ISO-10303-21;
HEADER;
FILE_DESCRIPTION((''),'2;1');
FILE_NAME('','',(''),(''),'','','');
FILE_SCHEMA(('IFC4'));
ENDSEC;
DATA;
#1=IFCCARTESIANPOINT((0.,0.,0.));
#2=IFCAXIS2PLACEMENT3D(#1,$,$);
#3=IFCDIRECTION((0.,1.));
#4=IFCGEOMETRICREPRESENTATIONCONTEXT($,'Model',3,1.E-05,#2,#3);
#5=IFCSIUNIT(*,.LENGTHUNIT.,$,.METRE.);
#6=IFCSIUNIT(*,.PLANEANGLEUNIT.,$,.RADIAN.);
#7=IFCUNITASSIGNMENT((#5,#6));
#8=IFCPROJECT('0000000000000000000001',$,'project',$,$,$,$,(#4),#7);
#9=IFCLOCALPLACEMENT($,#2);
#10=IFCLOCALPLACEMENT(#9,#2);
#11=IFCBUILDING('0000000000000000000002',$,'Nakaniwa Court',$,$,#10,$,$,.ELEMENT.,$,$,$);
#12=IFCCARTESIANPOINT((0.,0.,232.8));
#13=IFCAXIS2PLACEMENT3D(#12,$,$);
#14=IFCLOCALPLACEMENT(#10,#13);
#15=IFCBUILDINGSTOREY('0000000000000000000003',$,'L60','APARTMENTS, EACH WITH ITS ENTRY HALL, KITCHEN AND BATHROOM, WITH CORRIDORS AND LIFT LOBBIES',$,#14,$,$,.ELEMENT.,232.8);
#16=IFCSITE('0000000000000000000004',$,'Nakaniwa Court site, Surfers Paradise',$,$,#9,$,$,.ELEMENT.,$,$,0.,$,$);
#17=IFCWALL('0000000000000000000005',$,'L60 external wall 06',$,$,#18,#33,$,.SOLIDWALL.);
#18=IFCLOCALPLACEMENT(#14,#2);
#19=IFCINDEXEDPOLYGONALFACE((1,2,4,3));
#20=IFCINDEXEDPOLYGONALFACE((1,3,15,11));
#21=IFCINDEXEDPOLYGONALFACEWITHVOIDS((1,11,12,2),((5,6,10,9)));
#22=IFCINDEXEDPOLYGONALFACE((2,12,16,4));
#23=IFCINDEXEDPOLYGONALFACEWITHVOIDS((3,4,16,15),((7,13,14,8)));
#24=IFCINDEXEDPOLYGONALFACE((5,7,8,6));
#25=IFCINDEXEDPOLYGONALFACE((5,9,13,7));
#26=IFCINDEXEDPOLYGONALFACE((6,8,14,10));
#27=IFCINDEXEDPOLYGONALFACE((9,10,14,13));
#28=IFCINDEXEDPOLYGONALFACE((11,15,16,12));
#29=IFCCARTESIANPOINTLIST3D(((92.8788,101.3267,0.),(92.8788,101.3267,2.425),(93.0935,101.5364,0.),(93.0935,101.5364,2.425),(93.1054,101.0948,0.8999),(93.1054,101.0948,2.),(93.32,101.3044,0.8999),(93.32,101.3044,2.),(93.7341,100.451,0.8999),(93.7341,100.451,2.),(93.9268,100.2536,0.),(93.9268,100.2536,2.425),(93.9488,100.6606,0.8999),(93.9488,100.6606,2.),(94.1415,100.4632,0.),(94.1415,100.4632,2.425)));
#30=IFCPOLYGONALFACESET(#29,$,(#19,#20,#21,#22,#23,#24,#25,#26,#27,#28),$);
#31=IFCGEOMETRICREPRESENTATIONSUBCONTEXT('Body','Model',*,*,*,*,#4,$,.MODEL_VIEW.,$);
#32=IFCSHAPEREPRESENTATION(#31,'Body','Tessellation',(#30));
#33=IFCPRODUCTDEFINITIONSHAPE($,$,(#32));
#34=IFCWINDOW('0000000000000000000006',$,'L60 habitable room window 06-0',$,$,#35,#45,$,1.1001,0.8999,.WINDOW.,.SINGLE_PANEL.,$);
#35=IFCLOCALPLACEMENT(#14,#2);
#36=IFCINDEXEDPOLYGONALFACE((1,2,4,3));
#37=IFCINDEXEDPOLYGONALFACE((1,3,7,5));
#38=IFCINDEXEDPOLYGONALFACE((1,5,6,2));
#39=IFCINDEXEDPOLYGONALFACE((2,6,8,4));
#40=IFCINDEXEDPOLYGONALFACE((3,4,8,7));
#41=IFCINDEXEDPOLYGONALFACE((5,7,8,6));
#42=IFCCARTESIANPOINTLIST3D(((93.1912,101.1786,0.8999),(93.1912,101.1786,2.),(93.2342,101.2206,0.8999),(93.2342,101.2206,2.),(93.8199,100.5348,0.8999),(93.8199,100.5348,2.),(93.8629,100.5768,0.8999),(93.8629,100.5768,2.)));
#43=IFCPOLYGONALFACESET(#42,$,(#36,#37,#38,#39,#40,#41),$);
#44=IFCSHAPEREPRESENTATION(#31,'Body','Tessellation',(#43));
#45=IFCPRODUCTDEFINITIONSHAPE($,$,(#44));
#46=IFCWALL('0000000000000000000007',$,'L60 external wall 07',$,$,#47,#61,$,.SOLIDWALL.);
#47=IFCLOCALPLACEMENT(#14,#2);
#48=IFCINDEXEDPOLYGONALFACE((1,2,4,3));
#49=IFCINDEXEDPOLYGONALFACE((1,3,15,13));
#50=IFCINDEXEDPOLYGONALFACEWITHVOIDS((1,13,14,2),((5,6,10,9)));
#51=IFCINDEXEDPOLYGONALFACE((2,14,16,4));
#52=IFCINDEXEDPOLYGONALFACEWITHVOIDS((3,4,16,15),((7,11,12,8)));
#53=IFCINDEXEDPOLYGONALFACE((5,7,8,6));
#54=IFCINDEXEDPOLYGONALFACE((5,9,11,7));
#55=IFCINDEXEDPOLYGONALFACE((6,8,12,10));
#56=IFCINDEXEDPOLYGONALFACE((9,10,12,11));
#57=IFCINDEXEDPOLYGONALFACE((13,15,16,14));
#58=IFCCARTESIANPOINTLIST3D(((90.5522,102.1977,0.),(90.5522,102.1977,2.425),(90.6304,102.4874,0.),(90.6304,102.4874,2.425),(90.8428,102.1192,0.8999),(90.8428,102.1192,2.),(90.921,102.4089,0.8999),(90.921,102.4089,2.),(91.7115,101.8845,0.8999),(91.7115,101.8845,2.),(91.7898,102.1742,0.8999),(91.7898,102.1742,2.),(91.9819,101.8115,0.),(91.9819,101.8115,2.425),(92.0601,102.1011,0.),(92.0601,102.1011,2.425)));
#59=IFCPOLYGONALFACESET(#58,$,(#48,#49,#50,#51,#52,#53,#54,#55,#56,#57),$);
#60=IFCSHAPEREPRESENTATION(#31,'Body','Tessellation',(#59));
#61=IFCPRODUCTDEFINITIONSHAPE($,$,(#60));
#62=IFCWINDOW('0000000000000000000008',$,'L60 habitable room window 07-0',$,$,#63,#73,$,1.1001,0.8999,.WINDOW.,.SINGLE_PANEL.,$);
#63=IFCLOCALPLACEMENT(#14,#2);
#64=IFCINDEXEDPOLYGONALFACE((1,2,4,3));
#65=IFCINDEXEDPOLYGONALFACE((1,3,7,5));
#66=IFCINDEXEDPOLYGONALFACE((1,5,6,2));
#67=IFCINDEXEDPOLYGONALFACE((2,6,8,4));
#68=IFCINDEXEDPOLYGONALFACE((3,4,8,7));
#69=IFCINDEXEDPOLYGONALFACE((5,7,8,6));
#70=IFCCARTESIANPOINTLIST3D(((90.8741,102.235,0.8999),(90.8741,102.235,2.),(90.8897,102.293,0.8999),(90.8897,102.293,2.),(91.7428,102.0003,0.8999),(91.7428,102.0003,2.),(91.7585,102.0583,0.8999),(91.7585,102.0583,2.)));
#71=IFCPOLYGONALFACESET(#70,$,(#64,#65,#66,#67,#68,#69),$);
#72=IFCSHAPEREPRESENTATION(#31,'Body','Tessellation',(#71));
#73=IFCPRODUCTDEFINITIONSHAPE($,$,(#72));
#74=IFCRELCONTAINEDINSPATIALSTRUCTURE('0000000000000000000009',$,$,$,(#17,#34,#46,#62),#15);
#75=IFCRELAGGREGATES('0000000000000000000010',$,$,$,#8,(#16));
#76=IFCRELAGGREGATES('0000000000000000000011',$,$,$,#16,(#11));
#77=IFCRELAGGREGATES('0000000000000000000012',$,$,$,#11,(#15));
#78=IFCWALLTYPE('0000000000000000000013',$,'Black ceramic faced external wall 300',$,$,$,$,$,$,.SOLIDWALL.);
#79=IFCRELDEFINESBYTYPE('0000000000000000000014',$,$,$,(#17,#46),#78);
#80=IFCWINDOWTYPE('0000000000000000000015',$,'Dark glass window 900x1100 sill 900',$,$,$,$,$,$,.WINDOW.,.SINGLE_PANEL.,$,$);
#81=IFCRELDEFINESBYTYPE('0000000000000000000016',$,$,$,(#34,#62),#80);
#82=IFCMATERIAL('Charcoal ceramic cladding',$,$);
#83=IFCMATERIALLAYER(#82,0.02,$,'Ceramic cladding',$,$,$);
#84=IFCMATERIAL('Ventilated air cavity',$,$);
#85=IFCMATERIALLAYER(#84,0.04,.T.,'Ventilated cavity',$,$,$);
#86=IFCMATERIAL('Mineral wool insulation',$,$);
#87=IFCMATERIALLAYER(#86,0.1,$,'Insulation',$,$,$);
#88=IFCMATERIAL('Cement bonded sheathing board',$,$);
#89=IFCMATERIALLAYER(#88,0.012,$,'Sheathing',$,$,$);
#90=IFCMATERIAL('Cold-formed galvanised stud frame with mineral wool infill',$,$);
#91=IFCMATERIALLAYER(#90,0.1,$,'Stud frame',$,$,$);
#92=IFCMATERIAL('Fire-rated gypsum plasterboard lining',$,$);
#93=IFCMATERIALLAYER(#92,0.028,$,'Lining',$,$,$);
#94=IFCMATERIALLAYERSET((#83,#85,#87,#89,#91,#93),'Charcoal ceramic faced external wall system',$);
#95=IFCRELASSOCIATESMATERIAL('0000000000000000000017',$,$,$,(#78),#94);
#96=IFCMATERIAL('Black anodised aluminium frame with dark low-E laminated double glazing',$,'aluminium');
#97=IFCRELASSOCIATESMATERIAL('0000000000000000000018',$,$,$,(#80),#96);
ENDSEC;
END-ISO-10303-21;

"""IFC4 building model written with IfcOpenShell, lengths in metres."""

from ifc_helpers import new_model, si_unit, direction, frame, frame_2d, origin, place, context, subcontext, project, spatial, rectangle, extrude, material, layer, layer_set, type_object, element, fill, save


model = new_model("IFC4")

# Units and contexts
model_context = context("Model", 3, precision=1e-05, world=origin(), true_north=direction((0.0, 1.0)))
body_context = subcontext(model_context, "Body", "Model", "MODEL_VIEW")
ifc_project = project(units=[si_unit("LENGTHUNIT", "METRE"), si_unit("PLANEANGLEUNIT", "RADIAN")], contexts=[model_context])

# Site, building, storey
site_placement = place(None, origin())
site = spatial("IfcSite", under=ifc_project, at=site_placement, Name="Nakaniwa Court site, Surfers Paradise", CompositionType="ELEMENT", RefElevation=0.0)
building_placement = place(site_placement, origin())
building = spatial("IfcBuilding", under=site, at=building_placement, Name="Nakaniwa Court", CompositionType="ELEMENT")
storey_placement = place(building_placement, frame((0.0, 0.0, 232.8)))
storey = spatial("IfcBuildingStorey", under=building, at=storey_placement, Name="L60", Description="APARTMENTS, EACH WITH ITS ENTRY HALL, KITCHEN AND BATHROOM, WITH CORRIDORS AND LIFT LOBBIES", CompositionType="ELEMENT", Elevation=232.8)

# Walls, openings, windows
ifc_material_1 = material(Name="Charcoal ceramic cladding")
ifc_layer_1 = layer(ifc_material_1, 0.02, Name="Ceramic cladding")
ifc_material_2 = material(Name="Ventilated air cavity")
ifc_layer_2 = layer(ifc_material_2, 0.04, ventilated=True, Name="Ventilated cavity")
ifc_material_3 = material(Name="Mineral wool insulation")
ifc_layer_3 = layer(ifc_material_3, 0.1, Name="Insulation")
ifc_material_4 = material(Name="Cement bonded sheathing board")
ifc_layer_4 = layer(ifc_material_4, 0.012, Name="Sheathing")
ifc_material_5 = material(Name="Cold-formed galvanised stud frame with mineral wool infill")
ifc_layer_5 = layer(ifc_material_5, 0.1, Name="Stud frame")
ifc_material_6 = material(Name="Fire-rated gypsum plasterboard lining")
ifc_layer_6 = layer(ifc_material_6, 0.028, Name="Lining")
ifc_layer_set_1 = layer_set([ifc_layer_1, ifc_layer_2, ifc_layer_3, ifc_layer_4, ifc_layer_5, ifc_layer_6], Name="Charcoal ceramic faced external wall system")
wall_type_1 = type_object("IfcWallType", Name="Black ceramic faced external wall 300", PredefinedType="SOLIDWALL", material=ifc_layer_set_1)
wall_1_placement = place(storey_placement, frame((94.0342, 100.3584, 0.0), z_axis=(0.0, 0.0, 1.0), x_axis=(-0.698676, 0.715439, 0.0)))
wall_1 = element("IfcWall", 1, at=wall_1_placement, inside=storey, type_object=wall_type_1, Name="L60 external wall 06", PredefinedType="SOLIDWALL", context=body_context, shape_type="SweptSolid", body=[
    extrude(rectangle(XDim=1.5, YDim=0.3, at=frame_2d((0.75, 0.0))), origin(), (0.0, 0.0, 1.0), 2.425),
])
opening_1_placement = place(wall_1_placement, frame((0.2759, 0.0, 0.8999)))
opening_1 = element("IfcOpeningElement", 2, at=opening_1_placement, cuts=wall_1, PredefinedType="OPENING", context=body_context, shape_type="SweptSolid", body=[
    extrude(rectangle(XDim=0.8999, YDim=1.1001, at=frame_2d((0.45, 0.55))), frame((0.0, 0.1599, 0.0), z_axis=(0.0, -1.0, 0.0), x_axis=(1.0, 0.0, 0.0)), (0.0, 0.0, 1.0), 0.3201),
])
ifc_material_7 = material(Name="Black anodised aluminium frame with dark low-E laminated double glazing", Category="aluminium")
window_type = type_object("IfcWindowType", Name="Dark glass window 900x1100 sill 900", PartitioningType="SINGLE_PANEL", PredefinedType="WINDOW", material=ifc_material_7)
window_1_placement = place(opening_1_placement, origin())
window_1 = element("IfcWindow", 3, at=window_1_placement, inside=storey, type_object=window_type, Name="L60 habitable room window 06-0", OverallHeight=1.1001, OverallWidth=0.8999, PartitioningType="SINGLE_PANEL", PredefinedType="WINDOW", context=body_context, shape_type="SweptSolid", body=[
    extrude(rectangle(XDim=0.8999, YDim=1.1001, at=frame_2d((0.45, 0.55))), frame((0.0, 0.03, 0.0), z_axis=(0.0, -1.0, 0.0), x_axis=(1.0, 0.0, 0.0)), (0.0, 0.0, 1.0), 0.0601),
])
fill(opening_1, window_1)
wall_2_placement = place(storey_placement, frame((92.021, 101.9563, 0.0), z_axis=(0.0, 0.0, 1.0), x_axis=(-0.965393, 0.260801, 0.0)))
wall_2 = element("IfcWall", 4, at=wall_2_placement, inside=storey, type_object=wall_type_1, Name="L60 external wall 07", PredefinedType="SOLIDWALL", context=body_context, shape_type="SweptSolid", body=[
    extrude(rectangle(XDim=1.481, YDim=0.3, at=frame_2d((0.7405, 0.0))), origin(), (0.0, 0.0, 1.0), 2.425),
])
opening_2_placement = place(wall_2_placement, frame((0.28, 0.0, 0.8999)))
opening_2 = element("IfcOpeningElement", 5, at=opening_2_placement, cuts=wall_2, PredefinedType="OPENING", context=body_context, shape_type="SweptSolid", body=[
    extrude(rectangle(XDim=0.8999, YDim=1.1001, at=frame_2d((0.45, 0.55))), frame((0.0, 0.1599, 0.0), z_axis=(0.0, -1.0, 0.0), x_axis=(1.0, 0.0, 0.0)), (0.0, 0.0, 1.0), 0.3201),
])
window_2_placement = place(opening_2_placement, origin())
window_2 = element("IfcWindow", 6, at=window_2_placement, inside=storey, type_object=window_type, Name="L60 habitable room window 07-0", OverallHeight=1.1001, OverallWidth=0.8999, PartitioningType="SINGLE_PANEL", PredefinedType="WINDOW", context=body_context, shape_type="SweptSolid", body=[
    extrude(rectangle(XDim=0.8999, YDim=1.1001, at=frame_2d((0.45, 0.55))), frame((0.0, 0.03, 0.0), z_axis=(0.0, -1.0, 0.0), x_axis=(1.0, 0.0, 0.0)), (0.0, 0.0, 1.0), 0.0601),
])
fill(opening_2, window_2)

save(model, "model.ifc")
